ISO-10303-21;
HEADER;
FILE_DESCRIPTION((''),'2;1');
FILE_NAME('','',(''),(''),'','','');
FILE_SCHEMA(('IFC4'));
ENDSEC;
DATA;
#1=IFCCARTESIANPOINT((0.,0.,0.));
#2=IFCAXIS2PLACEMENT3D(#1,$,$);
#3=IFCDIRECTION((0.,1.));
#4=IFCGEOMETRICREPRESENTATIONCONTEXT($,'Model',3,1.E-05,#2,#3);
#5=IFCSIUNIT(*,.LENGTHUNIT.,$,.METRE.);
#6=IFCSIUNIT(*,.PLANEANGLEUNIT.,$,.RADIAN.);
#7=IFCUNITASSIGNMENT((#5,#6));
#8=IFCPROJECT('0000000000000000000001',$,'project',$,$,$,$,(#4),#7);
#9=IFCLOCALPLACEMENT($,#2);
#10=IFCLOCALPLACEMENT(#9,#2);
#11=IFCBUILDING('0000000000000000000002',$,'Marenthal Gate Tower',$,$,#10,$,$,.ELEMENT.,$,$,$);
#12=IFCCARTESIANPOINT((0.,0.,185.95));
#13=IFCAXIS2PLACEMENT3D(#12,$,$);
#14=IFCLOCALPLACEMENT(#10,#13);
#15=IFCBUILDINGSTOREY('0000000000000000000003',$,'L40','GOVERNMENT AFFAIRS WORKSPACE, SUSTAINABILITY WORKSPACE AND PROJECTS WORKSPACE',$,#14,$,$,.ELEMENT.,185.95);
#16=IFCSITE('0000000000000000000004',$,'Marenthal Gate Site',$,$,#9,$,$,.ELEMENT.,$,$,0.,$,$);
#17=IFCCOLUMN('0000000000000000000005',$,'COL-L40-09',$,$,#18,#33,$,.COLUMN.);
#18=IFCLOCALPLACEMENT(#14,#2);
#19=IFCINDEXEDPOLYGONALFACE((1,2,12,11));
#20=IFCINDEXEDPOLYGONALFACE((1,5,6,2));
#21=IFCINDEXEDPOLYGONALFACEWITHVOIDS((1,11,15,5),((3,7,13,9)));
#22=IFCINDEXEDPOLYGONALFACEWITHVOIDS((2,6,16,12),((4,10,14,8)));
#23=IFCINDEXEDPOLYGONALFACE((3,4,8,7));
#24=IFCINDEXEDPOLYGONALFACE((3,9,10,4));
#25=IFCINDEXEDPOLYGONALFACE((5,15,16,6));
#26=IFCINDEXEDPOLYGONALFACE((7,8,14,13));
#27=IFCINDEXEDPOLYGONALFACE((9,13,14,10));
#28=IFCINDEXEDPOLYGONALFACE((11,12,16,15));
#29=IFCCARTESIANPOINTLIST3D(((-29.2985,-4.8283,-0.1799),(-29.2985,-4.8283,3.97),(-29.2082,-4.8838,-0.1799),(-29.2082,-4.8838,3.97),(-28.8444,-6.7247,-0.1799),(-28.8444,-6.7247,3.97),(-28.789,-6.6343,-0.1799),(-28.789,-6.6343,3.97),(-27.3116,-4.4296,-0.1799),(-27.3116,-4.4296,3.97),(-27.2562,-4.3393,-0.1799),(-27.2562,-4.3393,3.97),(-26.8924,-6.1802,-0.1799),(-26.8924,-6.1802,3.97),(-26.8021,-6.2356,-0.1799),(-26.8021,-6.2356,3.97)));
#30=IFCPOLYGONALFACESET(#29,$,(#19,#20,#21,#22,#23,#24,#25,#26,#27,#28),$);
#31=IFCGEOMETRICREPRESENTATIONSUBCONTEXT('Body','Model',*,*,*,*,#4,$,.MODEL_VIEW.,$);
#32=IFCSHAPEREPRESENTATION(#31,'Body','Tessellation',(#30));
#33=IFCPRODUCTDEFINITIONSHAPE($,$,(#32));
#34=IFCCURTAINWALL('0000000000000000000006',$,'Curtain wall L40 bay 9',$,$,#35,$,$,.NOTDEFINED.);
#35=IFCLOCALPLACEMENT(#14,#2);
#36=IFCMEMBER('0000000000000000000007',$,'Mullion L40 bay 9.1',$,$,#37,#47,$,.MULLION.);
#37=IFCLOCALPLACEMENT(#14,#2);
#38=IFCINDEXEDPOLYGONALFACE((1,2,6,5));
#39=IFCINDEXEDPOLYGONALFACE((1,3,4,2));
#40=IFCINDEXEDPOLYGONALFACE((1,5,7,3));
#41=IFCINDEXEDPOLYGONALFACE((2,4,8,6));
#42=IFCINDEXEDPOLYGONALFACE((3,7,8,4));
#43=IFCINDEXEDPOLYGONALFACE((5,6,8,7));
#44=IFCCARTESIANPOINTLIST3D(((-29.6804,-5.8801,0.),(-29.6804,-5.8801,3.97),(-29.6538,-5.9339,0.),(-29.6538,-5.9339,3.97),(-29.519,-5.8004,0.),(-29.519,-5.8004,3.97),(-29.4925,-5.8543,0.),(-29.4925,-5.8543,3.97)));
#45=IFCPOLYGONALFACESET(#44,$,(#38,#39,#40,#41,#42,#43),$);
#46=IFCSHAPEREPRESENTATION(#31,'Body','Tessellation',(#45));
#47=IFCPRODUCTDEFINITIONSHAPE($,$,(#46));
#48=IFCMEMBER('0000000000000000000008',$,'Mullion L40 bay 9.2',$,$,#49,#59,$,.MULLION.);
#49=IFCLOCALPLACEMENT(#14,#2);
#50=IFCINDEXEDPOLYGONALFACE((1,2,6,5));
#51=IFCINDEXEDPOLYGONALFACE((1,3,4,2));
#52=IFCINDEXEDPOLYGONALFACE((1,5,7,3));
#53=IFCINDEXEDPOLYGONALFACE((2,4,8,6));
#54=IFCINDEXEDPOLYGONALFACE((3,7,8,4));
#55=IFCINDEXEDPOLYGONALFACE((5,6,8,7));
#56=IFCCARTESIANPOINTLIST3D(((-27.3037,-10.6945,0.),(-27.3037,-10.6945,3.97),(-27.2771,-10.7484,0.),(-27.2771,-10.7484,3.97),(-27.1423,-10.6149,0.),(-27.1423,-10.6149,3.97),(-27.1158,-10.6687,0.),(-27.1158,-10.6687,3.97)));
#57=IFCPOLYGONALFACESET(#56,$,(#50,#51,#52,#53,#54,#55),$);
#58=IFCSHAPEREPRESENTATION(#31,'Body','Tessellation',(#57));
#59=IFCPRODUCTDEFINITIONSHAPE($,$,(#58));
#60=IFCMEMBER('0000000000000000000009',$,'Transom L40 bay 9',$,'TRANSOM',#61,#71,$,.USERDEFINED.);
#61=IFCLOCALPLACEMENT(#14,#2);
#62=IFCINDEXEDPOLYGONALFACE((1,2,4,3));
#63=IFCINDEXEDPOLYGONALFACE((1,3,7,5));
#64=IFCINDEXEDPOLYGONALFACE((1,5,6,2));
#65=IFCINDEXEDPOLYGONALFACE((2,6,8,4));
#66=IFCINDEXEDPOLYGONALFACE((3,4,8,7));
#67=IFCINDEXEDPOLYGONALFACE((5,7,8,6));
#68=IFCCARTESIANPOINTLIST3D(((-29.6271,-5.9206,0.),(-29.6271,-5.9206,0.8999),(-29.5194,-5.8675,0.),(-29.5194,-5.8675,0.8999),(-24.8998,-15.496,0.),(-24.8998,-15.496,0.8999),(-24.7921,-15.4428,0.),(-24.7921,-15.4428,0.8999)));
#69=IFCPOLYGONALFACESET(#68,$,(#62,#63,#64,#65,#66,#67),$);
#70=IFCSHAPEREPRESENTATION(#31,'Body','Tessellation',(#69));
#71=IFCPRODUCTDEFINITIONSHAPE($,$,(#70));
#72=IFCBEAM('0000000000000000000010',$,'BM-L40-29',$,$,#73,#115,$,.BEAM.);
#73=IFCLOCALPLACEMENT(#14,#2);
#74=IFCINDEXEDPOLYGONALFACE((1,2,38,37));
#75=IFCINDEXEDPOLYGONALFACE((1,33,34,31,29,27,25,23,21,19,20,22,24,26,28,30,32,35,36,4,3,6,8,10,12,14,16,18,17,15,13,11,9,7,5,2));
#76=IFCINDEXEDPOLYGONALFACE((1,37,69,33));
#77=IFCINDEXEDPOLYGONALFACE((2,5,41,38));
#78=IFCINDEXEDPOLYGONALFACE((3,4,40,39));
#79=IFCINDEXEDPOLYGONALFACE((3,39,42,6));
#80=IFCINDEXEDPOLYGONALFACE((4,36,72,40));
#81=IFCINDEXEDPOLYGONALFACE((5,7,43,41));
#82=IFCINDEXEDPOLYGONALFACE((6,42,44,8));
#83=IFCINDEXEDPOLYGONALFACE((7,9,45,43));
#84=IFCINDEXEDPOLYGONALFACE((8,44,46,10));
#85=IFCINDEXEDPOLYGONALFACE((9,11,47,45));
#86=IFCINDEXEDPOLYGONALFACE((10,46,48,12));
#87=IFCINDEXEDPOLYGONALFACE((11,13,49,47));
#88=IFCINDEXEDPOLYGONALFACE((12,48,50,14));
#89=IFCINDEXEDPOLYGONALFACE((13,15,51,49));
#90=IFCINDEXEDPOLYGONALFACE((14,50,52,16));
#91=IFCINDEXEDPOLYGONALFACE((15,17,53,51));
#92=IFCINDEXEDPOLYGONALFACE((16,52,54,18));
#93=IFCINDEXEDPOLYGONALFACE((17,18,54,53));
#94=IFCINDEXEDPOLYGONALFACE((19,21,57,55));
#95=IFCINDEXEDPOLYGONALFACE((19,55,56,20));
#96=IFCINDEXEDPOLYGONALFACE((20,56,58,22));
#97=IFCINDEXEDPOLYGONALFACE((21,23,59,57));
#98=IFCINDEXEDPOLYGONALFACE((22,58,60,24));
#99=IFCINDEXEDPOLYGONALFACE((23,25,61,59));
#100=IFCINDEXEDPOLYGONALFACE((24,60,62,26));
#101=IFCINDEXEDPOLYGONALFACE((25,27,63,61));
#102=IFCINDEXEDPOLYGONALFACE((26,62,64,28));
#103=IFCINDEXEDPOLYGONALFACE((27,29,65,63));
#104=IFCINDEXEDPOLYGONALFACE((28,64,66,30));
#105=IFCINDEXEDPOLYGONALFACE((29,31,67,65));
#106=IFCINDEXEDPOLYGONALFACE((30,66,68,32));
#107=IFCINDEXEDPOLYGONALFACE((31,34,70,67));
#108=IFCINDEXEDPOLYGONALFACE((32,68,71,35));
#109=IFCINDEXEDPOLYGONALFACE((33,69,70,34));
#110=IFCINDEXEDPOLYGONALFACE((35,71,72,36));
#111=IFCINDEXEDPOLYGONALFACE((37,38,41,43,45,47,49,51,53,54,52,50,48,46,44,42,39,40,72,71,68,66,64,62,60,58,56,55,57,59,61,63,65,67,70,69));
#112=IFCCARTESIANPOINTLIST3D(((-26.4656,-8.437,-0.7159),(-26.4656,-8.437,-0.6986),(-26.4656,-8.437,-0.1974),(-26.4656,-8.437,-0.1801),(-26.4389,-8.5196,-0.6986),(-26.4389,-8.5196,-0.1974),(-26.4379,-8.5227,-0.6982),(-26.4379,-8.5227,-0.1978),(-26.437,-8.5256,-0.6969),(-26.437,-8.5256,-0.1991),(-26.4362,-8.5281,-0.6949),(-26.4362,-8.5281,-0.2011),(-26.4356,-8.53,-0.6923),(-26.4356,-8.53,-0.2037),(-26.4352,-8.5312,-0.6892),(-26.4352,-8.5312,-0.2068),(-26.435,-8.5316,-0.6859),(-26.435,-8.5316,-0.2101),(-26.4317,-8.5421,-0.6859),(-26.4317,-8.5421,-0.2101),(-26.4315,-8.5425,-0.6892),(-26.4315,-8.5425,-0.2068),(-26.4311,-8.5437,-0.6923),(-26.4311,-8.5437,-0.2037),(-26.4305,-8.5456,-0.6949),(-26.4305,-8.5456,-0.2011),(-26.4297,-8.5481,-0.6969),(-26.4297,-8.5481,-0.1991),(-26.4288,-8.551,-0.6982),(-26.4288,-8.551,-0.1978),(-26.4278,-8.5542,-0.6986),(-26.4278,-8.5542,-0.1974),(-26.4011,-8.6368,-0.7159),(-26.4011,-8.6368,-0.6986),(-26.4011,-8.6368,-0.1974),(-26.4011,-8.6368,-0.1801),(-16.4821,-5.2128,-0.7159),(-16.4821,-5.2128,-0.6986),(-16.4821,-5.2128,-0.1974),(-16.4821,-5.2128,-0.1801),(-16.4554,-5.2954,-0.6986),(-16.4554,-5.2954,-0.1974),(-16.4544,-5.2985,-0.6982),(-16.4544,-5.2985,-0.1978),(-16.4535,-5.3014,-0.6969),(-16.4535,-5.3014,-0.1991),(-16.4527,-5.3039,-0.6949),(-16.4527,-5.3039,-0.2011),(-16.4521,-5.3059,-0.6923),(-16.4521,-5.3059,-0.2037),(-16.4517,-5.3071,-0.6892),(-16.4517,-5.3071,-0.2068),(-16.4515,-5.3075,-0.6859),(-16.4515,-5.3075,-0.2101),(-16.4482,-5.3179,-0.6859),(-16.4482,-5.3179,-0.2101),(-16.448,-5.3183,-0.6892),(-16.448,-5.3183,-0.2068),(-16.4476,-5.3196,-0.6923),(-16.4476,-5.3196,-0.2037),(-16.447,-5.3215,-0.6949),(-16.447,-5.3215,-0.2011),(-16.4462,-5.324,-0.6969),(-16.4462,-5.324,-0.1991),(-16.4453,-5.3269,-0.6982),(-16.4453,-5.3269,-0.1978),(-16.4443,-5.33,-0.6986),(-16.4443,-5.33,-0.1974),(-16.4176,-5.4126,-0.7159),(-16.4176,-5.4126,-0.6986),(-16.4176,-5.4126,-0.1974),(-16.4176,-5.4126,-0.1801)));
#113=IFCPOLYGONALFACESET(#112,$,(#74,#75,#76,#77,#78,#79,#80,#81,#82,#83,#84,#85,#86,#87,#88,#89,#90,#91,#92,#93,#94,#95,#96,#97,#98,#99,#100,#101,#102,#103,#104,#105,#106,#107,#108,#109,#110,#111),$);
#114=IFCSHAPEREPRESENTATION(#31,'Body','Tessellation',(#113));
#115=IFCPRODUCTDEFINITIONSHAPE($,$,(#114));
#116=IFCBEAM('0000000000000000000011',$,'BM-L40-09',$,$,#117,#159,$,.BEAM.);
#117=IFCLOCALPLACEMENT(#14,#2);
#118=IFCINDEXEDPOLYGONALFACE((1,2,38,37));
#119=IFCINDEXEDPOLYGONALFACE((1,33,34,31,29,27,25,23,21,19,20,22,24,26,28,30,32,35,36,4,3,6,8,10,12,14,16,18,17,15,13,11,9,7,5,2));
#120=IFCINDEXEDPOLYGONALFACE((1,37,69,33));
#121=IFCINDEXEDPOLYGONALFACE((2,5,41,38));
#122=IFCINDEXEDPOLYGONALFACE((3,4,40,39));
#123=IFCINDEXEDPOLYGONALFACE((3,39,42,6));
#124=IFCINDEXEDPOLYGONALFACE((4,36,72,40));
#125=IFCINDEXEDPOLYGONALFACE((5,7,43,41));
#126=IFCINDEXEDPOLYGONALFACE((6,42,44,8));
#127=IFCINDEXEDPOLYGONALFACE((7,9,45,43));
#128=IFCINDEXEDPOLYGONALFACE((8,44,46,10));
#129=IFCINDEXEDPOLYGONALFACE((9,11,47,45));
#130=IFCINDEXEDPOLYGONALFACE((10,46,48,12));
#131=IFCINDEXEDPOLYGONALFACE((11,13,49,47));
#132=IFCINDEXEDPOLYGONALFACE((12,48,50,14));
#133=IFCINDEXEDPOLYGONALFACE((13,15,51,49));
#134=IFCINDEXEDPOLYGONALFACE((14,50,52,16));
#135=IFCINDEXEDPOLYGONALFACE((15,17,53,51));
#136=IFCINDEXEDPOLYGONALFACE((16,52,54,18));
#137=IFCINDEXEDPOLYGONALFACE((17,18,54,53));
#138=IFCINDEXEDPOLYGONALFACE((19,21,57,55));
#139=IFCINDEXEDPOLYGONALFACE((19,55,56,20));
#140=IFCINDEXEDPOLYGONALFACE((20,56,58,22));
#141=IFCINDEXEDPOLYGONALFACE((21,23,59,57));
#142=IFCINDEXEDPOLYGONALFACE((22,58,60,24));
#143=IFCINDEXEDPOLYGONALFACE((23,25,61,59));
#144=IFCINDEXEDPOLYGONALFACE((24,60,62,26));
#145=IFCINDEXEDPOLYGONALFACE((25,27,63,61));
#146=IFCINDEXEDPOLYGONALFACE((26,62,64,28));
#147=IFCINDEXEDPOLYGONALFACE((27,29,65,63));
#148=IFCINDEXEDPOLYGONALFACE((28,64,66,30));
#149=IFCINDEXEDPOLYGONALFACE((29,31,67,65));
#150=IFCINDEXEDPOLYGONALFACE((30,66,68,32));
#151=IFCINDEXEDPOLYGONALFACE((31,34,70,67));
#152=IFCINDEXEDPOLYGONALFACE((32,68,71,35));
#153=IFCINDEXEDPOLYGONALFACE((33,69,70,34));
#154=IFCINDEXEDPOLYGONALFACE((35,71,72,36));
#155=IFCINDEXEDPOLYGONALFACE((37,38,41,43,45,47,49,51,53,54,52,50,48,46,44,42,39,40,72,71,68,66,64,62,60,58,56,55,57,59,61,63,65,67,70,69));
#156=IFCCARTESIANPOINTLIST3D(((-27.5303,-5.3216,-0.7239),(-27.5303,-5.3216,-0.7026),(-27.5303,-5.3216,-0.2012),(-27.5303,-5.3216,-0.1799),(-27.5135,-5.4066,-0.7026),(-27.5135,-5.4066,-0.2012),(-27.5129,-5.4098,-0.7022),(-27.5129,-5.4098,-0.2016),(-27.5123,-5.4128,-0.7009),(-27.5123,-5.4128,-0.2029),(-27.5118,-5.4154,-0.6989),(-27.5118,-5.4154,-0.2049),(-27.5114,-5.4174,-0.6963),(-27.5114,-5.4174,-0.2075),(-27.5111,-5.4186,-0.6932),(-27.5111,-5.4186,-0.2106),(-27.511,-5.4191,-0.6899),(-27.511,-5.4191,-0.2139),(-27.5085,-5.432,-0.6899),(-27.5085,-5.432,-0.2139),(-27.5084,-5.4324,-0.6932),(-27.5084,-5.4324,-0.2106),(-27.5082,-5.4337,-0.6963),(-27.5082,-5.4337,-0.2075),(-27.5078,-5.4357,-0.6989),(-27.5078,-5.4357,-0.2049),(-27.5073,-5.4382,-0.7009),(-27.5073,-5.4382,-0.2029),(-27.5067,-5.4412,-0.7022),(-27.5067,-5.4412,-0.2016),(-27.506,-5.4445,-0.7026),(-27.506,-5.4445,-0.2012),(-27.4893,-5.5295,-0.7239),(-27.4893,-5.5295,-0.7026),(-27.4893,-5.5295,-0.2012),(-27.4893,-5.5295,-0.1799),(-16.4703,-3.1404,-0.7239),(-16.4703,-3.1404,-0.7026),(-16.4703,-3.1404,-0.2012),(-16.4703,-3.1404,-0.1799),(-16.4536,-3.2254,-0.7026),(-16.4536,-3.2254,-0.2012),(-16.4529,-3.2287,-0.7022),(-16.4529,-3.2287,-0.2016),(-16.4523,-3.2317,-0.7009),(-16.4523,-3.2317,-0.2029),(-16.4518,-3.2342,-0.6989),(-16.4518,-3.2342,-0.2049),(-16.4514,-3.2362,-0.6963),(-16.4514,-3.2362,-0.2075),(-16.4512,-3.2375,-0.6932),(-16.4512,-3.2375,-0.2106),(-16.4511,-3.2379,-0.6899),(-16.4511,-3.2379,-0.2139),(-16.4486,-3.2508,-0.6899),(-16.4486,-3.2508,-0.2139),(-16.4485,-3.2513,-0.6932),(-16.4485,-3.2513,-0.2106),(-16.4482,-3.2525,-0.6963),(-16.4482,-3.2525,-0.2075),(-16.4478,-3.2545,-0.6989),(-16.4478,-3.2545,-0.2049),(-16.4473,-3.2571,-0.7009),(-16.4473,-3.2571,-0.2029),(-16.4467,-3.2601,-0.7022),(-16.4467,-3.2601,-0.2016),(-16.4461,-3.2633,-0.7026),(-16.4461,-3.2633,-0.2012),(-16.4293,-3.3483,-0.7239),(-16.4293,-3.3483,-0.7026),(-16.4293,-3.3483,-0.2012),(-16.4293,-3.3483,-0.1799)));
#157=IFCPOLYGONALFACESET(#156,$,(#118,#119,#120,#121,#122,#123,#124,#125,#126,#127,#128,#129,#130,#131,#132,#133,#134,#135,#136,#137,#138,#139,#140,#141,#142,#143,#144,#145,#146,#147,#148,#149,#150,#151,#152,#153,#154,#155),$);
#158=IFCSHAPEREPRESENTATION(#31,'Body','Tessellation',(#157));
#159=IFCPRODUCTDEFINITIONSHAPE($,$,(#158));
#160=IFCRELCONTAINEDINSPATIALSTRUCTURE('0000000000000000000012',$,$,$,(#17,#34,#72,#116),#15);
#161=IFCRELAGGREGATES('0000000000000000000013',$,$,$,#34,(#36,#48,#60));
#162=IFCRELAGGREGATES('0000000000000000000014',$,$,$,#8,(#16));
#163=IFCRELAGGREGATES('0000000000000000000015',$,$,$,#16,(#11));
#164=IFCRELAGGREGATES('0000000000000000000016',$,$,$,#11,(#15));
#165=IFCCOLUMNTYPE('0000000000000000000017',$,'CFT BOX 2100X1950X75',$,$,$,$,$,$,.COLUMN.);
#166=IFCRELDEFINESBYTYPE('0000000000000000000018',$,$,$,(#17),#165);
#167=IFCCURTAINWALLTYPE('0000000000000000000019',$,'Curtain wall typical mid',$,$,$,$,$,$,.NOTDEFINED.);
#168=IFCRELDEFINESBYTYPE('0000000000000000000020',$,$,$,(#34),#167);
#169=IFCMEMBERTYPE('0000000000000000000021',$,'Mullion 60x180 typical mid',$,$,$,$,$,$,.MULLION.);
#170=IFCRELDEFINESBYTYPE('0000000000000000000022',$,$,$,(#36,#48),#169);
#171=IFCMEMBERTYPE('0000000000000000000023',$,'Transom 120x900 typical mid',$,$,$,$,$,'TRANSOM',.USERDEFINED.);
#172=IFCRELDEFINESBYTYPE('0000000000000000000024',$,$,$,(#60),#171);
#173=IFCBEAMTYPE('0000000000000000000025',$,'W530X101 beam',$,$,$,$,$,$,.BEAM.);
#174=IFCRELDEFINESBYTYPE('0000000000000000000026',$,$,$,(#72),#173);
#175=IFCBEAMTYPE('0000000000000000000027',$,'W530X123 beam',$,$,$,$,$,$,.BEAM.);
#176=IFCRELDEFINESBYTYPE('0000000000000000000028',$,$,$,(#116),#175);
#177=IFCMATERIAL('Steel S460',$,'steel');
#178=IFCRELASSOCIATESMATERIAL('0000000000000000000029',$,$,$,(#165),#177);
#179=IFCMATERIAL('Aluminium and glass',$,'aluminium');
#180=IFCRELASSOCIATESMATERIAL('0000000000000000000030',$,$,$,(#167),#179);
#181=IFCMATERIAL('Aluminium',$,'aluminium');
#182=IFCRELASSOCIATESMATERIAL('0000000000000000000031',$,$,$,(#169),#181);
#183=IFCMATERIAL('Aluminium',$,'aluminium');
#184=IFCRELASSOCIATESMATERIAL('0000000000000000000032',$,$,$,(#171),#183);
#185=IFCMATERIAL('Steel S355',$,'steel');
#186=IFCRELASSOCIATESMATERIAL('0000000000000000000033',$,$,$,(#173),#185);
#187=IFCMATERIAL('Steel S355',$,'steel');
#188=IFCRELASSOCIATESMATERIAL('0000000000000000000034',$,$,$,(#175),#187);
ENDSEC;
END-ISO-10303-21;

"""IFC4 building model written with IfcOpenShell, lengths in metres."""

from ifc_helpers import new_model, si_unit, direction, frame, origin, origin_2d, place, context, subcontext, project, spatial, rectangle, hollow_rectangle, i_section, extrude, material, material_profile, profile_set, type_object, element, aggregate, save


model = new_model("IFC4")

# Units and contexts
model_context = context("Model", 3, precision=1e-05, world=origin(), true_north=direction((0.0, 1.0)))
body_context = subcontext(model_context, "Body", "Model", "MODEL_VIEW")
ifc_project = project(units=[si_unit("LENGTHUNIT", "METRE"), si_unit("PLANEANGLEUNIT", "RADIAN")], contexts=[model_context])

# Site, building, storey
site_placement = place(None, origin())
site = spatial("IfcSite", under=ifc_project, at=site_placement, Name="Marenthal Gate Site", CompositionType="ELEMENT", RefElevation=0.0)
building_placement = place(site_placement, origin())
building = spatial("IfcBuilding", under=site, at=building_placement, Name="Marenthal Gate Tower", CompositionType="ELEMENT")
storey_placement = place(building_placement, frame((0.0, 0.0, 185.95)))
storey = spatial("IfcBuildingStorey", under=building, at=storey_placement, Name="L40", Description="GOVERNMENT AFFAIRS WORKSPACE, SUSTAINABILITY WORKSPACE AND PROJECTS WORKSPACE", CompositionType="ELEMENT", Elevation=185.95)

# Column
ifc_material_1 = material(Name="Steel S460", Category="steel")
ifc_material_profile_1 = material_profile(ifc_material_1, hollow_rectangle(XDim=1.95, YDim=2.1001, WallThickness=0.075, at=origin_2d()), Name="CFT BOX 2100X1950X75")
ifc_material_2 = material(Name="Concrete 70 MPa", Category="concrete")
ifc_material_profile_2 = material_profile(ifc_material_2, rectangle(XDim=1.8, YDim=1.95, at=origin_2d()), Name="CFT BOX 2100X1950X75 INFILL")
ifc_profile_set_1 = profile_set([ifc_material_profile_1, ifc_material_profile_2], Name="Steel S460 shell, Concrete 70 MPa infill")
column_type = type_object("IfcColumnType", Name="CFT BOX 2100X1950X75", PredefinedType="COLUMN", material=ifc_profile_set_1)
column_placement = place(storey_placement, frame((-28.0503, -5.532, -0.1799), z_axis=(0.0, 0.0, 1.0), x_axis=(-0.23288, 0.972505, 0.0)))
element("IfcColumn", 1, at=column_placement, inside=storey, type_object=column_type, Name="COL-L40-09", PredefinedType="COLUMN", context=body_context, shape_type="SweptSolid", body=[
    extrude(hollow_rectangle(XDim=1.95, YDim=2.1001, WallThickness=0.075, at=origin_2d()), origin(), (0.0, 0.0, 1.0), 4.1499),
])

# Curtain wall, members
ifc_material_3 = material(Name="Aluminium and glass", Category="aluminium")
curtain_wall_type = type_object("IfcCurtainWallType", Name="Curtain wall typical mid", PredefinedType="NOTDEFINED", material=ifc_material_3)
curtain_wall_placement = place(storey_placement, origin())
curtain_wall = element("IfcCurtainWall", 2, at=curtain_wall_placement, inside=storey, type_object=curtain_wall_type, Name="Curtain wall L40 bay 9", PredefinedType="NOTDEFINED")
ifc_material_4 = material(Name="Aluminium", Category="aluminium")
ifc_material_profile_3 = material_profile(ifc_material_4, rectangle(XDim=0.1799, YDim=0.0601, at=origin_2d()), Name="60x180 aluminium mullion")
ifc_profile_set_2 = profile_set([ifc_material_profile_3], Name="Aluminium")
member_type_1 = type_object("IfcMemberType", Name="Mullion 60x180 typical mid", PredefinedType="MULLION", material=ifc_profile_set_2)
member_1_placement = place(storey_placement, frame((-29.5864, -5.8672, 0.0), z_axis=(0.0, 0.0, 1.0), x_axis=(0.896681, 0.442678, 0.0)))
member_1 = element("IfcMember", 3, at=member_1_placement, type_object=member_type_1, Name="Mullion L40 bay 9.1", PredefinedType="MULLION", context=body_context, shape_type="SweptSolid", body=[
    extrude(rectangle(XDim=0.1799, YDim=0.0601, at=origin_2d()), origin(), (0.0, 0.0, 1.0), 3.97),
])
member_2_placement = place(storey_placement, frame((-27.2097, -10.6816, 0.0), z_axis=(0.0, 0.0, 1.0), x_axis=(0.896681, 0.442678, 0.0)))
member_2 = element("IfcMember", 4, at=member_2_placement, type_object=member_type_1, Name="Mullion L40 bay 9.2", PredefinedType="MULLION", context=body_context, shape_type="SweptSolid", body=[
    extrude(rectangle(XDim=0.1799, YDim=0.0601, at=origin_2d()), origin(), (0.0, 0.0, 1.0), 3.97),
])
ifc_material_5 = material(Name="Aluminium", Category="aluminium")
ifc_material_profile_4 = material_profile(ifc_material_5, rectangle(XDim=0.1201, YDim=0.8999, at=origin_2d()), Name="120x900 aluminium transom")
ifc_profile_set_3 = profile_set([ifc_material_profile_4], Name="Aluminium")
member_type_2 = type_object("IfcMemberType", Name="Transom 120x900 typical mid", ElementType="TRANSOM", PredefinedType="USERDEFINED", material=ifc_profile_set_3)
member_3_placement = place(storey_placement, frame((-29.5732, -5.894, 0.45), z_axis=(0.442681, -0.896679, 0.0), x_axis=(0.896679, 0.442681, 0.0)))
member_3 = element("IfcMember", 5, at=member_3_placement, type_object=member_type_2, Name="Transom L40 bay 9", ObjectType="TRANSOM", PredefinedType="USERDEFINED", context=body_context, shape_type="SweptSolid", body=[
    extrude(rectangle(XDim=0.1201, YDim=0.8999, at=origin_2d()), origin(), (0.0, 0.0, 1.0), 10.6787),
])

# Beams
ifc_material_6 = material(Name="Steel S355", Category="steel")
ifc_material_profile_5 = material_profile(ifc_material_6, i_section(OverallWidth=0.21, OverallDepth=0.5359, WebThickness=0.011, FlangeThickness=0.0173, FilletRadius=0.0127, at=origin_2d()), Name="W530X101")
ifc_profile_set_4 = profile_set([ifc_material_profile_5], Name="Steel S355")
beam_type_1 = type_object("IfcBeamType", Name="W530X101 beam", PredefinedType="BEAM", material=ifc_profile_set_4)
beam_1_placement = place(storey_placement, frame((-26.4333, -8.5369, -0.448), z_axis=(0.951606, 0.30732, 0.0), x_axis=(-0.30732, 0.951606, 0.0)))
element("IfcBeam", 6, at=beam_1_placement, inside=storey, type_object=beam_type_1, Name="BM-L40-29", PredefinedType="BEAM", context=body_context, shape_type="SweptSolid", body=[
    extrude(i_section(OverallWidth=0.21, OverallDepth=0.5359, WebThickness=0.011, FlangeThickness=0.0173, FilletRadius=0.0127, at=origin_2d()), origin(), (0.0, 0.0, 1.0), 10.4912),
])
ifc_material_7 = material(Name="Steel S355", Category="steel")
ifc_material_profile_6 = material_profile(ifc_material_7, i_section(OverallWidth=0.2119, OverallDepth=0.5439, WebThickness=0.0132, FlangeThickness=0.0212, FilletRadius=0.0127, at=origin_2d()), Name="W530X123")
ifc_profile_set_5 = profile_set([ifc_material_profile_6], Name="Steel S355")
beam_type_2 = type_object("IfcBeamType", Name="W530X123 beam", PredefinedType="BEAM", material=ifc_profile_set_5)
beam_2_placement = place(storey_placement, frame((-27.5098, -5.4255, -0.4519), z_axis=(0.981103, 0.193487, 0.0), x_axis=(-0.193487, 0.981103, 0.0)))
element("IfcBeam", 7, at=beam_2_placement, inside=storey, type_object=beam_type_2, Name="BM-L40-09", PredefinedType="BEAM", context=body_context, shape_type="SweptSolid", body=[
    extrude(i_section(OverallWidth=0.2119, OverallDepth=0.5439, WebThickness=0.0132, FlangeThickness=0.0212, FilletRadius=0.0127, at=origin_2d()), origin(), (0.0, 0.0, 1.0), 11.2729),
])

aggregate(curtain_wall, [member_1, member_2, member_3])

save(model, "model.ifc")
